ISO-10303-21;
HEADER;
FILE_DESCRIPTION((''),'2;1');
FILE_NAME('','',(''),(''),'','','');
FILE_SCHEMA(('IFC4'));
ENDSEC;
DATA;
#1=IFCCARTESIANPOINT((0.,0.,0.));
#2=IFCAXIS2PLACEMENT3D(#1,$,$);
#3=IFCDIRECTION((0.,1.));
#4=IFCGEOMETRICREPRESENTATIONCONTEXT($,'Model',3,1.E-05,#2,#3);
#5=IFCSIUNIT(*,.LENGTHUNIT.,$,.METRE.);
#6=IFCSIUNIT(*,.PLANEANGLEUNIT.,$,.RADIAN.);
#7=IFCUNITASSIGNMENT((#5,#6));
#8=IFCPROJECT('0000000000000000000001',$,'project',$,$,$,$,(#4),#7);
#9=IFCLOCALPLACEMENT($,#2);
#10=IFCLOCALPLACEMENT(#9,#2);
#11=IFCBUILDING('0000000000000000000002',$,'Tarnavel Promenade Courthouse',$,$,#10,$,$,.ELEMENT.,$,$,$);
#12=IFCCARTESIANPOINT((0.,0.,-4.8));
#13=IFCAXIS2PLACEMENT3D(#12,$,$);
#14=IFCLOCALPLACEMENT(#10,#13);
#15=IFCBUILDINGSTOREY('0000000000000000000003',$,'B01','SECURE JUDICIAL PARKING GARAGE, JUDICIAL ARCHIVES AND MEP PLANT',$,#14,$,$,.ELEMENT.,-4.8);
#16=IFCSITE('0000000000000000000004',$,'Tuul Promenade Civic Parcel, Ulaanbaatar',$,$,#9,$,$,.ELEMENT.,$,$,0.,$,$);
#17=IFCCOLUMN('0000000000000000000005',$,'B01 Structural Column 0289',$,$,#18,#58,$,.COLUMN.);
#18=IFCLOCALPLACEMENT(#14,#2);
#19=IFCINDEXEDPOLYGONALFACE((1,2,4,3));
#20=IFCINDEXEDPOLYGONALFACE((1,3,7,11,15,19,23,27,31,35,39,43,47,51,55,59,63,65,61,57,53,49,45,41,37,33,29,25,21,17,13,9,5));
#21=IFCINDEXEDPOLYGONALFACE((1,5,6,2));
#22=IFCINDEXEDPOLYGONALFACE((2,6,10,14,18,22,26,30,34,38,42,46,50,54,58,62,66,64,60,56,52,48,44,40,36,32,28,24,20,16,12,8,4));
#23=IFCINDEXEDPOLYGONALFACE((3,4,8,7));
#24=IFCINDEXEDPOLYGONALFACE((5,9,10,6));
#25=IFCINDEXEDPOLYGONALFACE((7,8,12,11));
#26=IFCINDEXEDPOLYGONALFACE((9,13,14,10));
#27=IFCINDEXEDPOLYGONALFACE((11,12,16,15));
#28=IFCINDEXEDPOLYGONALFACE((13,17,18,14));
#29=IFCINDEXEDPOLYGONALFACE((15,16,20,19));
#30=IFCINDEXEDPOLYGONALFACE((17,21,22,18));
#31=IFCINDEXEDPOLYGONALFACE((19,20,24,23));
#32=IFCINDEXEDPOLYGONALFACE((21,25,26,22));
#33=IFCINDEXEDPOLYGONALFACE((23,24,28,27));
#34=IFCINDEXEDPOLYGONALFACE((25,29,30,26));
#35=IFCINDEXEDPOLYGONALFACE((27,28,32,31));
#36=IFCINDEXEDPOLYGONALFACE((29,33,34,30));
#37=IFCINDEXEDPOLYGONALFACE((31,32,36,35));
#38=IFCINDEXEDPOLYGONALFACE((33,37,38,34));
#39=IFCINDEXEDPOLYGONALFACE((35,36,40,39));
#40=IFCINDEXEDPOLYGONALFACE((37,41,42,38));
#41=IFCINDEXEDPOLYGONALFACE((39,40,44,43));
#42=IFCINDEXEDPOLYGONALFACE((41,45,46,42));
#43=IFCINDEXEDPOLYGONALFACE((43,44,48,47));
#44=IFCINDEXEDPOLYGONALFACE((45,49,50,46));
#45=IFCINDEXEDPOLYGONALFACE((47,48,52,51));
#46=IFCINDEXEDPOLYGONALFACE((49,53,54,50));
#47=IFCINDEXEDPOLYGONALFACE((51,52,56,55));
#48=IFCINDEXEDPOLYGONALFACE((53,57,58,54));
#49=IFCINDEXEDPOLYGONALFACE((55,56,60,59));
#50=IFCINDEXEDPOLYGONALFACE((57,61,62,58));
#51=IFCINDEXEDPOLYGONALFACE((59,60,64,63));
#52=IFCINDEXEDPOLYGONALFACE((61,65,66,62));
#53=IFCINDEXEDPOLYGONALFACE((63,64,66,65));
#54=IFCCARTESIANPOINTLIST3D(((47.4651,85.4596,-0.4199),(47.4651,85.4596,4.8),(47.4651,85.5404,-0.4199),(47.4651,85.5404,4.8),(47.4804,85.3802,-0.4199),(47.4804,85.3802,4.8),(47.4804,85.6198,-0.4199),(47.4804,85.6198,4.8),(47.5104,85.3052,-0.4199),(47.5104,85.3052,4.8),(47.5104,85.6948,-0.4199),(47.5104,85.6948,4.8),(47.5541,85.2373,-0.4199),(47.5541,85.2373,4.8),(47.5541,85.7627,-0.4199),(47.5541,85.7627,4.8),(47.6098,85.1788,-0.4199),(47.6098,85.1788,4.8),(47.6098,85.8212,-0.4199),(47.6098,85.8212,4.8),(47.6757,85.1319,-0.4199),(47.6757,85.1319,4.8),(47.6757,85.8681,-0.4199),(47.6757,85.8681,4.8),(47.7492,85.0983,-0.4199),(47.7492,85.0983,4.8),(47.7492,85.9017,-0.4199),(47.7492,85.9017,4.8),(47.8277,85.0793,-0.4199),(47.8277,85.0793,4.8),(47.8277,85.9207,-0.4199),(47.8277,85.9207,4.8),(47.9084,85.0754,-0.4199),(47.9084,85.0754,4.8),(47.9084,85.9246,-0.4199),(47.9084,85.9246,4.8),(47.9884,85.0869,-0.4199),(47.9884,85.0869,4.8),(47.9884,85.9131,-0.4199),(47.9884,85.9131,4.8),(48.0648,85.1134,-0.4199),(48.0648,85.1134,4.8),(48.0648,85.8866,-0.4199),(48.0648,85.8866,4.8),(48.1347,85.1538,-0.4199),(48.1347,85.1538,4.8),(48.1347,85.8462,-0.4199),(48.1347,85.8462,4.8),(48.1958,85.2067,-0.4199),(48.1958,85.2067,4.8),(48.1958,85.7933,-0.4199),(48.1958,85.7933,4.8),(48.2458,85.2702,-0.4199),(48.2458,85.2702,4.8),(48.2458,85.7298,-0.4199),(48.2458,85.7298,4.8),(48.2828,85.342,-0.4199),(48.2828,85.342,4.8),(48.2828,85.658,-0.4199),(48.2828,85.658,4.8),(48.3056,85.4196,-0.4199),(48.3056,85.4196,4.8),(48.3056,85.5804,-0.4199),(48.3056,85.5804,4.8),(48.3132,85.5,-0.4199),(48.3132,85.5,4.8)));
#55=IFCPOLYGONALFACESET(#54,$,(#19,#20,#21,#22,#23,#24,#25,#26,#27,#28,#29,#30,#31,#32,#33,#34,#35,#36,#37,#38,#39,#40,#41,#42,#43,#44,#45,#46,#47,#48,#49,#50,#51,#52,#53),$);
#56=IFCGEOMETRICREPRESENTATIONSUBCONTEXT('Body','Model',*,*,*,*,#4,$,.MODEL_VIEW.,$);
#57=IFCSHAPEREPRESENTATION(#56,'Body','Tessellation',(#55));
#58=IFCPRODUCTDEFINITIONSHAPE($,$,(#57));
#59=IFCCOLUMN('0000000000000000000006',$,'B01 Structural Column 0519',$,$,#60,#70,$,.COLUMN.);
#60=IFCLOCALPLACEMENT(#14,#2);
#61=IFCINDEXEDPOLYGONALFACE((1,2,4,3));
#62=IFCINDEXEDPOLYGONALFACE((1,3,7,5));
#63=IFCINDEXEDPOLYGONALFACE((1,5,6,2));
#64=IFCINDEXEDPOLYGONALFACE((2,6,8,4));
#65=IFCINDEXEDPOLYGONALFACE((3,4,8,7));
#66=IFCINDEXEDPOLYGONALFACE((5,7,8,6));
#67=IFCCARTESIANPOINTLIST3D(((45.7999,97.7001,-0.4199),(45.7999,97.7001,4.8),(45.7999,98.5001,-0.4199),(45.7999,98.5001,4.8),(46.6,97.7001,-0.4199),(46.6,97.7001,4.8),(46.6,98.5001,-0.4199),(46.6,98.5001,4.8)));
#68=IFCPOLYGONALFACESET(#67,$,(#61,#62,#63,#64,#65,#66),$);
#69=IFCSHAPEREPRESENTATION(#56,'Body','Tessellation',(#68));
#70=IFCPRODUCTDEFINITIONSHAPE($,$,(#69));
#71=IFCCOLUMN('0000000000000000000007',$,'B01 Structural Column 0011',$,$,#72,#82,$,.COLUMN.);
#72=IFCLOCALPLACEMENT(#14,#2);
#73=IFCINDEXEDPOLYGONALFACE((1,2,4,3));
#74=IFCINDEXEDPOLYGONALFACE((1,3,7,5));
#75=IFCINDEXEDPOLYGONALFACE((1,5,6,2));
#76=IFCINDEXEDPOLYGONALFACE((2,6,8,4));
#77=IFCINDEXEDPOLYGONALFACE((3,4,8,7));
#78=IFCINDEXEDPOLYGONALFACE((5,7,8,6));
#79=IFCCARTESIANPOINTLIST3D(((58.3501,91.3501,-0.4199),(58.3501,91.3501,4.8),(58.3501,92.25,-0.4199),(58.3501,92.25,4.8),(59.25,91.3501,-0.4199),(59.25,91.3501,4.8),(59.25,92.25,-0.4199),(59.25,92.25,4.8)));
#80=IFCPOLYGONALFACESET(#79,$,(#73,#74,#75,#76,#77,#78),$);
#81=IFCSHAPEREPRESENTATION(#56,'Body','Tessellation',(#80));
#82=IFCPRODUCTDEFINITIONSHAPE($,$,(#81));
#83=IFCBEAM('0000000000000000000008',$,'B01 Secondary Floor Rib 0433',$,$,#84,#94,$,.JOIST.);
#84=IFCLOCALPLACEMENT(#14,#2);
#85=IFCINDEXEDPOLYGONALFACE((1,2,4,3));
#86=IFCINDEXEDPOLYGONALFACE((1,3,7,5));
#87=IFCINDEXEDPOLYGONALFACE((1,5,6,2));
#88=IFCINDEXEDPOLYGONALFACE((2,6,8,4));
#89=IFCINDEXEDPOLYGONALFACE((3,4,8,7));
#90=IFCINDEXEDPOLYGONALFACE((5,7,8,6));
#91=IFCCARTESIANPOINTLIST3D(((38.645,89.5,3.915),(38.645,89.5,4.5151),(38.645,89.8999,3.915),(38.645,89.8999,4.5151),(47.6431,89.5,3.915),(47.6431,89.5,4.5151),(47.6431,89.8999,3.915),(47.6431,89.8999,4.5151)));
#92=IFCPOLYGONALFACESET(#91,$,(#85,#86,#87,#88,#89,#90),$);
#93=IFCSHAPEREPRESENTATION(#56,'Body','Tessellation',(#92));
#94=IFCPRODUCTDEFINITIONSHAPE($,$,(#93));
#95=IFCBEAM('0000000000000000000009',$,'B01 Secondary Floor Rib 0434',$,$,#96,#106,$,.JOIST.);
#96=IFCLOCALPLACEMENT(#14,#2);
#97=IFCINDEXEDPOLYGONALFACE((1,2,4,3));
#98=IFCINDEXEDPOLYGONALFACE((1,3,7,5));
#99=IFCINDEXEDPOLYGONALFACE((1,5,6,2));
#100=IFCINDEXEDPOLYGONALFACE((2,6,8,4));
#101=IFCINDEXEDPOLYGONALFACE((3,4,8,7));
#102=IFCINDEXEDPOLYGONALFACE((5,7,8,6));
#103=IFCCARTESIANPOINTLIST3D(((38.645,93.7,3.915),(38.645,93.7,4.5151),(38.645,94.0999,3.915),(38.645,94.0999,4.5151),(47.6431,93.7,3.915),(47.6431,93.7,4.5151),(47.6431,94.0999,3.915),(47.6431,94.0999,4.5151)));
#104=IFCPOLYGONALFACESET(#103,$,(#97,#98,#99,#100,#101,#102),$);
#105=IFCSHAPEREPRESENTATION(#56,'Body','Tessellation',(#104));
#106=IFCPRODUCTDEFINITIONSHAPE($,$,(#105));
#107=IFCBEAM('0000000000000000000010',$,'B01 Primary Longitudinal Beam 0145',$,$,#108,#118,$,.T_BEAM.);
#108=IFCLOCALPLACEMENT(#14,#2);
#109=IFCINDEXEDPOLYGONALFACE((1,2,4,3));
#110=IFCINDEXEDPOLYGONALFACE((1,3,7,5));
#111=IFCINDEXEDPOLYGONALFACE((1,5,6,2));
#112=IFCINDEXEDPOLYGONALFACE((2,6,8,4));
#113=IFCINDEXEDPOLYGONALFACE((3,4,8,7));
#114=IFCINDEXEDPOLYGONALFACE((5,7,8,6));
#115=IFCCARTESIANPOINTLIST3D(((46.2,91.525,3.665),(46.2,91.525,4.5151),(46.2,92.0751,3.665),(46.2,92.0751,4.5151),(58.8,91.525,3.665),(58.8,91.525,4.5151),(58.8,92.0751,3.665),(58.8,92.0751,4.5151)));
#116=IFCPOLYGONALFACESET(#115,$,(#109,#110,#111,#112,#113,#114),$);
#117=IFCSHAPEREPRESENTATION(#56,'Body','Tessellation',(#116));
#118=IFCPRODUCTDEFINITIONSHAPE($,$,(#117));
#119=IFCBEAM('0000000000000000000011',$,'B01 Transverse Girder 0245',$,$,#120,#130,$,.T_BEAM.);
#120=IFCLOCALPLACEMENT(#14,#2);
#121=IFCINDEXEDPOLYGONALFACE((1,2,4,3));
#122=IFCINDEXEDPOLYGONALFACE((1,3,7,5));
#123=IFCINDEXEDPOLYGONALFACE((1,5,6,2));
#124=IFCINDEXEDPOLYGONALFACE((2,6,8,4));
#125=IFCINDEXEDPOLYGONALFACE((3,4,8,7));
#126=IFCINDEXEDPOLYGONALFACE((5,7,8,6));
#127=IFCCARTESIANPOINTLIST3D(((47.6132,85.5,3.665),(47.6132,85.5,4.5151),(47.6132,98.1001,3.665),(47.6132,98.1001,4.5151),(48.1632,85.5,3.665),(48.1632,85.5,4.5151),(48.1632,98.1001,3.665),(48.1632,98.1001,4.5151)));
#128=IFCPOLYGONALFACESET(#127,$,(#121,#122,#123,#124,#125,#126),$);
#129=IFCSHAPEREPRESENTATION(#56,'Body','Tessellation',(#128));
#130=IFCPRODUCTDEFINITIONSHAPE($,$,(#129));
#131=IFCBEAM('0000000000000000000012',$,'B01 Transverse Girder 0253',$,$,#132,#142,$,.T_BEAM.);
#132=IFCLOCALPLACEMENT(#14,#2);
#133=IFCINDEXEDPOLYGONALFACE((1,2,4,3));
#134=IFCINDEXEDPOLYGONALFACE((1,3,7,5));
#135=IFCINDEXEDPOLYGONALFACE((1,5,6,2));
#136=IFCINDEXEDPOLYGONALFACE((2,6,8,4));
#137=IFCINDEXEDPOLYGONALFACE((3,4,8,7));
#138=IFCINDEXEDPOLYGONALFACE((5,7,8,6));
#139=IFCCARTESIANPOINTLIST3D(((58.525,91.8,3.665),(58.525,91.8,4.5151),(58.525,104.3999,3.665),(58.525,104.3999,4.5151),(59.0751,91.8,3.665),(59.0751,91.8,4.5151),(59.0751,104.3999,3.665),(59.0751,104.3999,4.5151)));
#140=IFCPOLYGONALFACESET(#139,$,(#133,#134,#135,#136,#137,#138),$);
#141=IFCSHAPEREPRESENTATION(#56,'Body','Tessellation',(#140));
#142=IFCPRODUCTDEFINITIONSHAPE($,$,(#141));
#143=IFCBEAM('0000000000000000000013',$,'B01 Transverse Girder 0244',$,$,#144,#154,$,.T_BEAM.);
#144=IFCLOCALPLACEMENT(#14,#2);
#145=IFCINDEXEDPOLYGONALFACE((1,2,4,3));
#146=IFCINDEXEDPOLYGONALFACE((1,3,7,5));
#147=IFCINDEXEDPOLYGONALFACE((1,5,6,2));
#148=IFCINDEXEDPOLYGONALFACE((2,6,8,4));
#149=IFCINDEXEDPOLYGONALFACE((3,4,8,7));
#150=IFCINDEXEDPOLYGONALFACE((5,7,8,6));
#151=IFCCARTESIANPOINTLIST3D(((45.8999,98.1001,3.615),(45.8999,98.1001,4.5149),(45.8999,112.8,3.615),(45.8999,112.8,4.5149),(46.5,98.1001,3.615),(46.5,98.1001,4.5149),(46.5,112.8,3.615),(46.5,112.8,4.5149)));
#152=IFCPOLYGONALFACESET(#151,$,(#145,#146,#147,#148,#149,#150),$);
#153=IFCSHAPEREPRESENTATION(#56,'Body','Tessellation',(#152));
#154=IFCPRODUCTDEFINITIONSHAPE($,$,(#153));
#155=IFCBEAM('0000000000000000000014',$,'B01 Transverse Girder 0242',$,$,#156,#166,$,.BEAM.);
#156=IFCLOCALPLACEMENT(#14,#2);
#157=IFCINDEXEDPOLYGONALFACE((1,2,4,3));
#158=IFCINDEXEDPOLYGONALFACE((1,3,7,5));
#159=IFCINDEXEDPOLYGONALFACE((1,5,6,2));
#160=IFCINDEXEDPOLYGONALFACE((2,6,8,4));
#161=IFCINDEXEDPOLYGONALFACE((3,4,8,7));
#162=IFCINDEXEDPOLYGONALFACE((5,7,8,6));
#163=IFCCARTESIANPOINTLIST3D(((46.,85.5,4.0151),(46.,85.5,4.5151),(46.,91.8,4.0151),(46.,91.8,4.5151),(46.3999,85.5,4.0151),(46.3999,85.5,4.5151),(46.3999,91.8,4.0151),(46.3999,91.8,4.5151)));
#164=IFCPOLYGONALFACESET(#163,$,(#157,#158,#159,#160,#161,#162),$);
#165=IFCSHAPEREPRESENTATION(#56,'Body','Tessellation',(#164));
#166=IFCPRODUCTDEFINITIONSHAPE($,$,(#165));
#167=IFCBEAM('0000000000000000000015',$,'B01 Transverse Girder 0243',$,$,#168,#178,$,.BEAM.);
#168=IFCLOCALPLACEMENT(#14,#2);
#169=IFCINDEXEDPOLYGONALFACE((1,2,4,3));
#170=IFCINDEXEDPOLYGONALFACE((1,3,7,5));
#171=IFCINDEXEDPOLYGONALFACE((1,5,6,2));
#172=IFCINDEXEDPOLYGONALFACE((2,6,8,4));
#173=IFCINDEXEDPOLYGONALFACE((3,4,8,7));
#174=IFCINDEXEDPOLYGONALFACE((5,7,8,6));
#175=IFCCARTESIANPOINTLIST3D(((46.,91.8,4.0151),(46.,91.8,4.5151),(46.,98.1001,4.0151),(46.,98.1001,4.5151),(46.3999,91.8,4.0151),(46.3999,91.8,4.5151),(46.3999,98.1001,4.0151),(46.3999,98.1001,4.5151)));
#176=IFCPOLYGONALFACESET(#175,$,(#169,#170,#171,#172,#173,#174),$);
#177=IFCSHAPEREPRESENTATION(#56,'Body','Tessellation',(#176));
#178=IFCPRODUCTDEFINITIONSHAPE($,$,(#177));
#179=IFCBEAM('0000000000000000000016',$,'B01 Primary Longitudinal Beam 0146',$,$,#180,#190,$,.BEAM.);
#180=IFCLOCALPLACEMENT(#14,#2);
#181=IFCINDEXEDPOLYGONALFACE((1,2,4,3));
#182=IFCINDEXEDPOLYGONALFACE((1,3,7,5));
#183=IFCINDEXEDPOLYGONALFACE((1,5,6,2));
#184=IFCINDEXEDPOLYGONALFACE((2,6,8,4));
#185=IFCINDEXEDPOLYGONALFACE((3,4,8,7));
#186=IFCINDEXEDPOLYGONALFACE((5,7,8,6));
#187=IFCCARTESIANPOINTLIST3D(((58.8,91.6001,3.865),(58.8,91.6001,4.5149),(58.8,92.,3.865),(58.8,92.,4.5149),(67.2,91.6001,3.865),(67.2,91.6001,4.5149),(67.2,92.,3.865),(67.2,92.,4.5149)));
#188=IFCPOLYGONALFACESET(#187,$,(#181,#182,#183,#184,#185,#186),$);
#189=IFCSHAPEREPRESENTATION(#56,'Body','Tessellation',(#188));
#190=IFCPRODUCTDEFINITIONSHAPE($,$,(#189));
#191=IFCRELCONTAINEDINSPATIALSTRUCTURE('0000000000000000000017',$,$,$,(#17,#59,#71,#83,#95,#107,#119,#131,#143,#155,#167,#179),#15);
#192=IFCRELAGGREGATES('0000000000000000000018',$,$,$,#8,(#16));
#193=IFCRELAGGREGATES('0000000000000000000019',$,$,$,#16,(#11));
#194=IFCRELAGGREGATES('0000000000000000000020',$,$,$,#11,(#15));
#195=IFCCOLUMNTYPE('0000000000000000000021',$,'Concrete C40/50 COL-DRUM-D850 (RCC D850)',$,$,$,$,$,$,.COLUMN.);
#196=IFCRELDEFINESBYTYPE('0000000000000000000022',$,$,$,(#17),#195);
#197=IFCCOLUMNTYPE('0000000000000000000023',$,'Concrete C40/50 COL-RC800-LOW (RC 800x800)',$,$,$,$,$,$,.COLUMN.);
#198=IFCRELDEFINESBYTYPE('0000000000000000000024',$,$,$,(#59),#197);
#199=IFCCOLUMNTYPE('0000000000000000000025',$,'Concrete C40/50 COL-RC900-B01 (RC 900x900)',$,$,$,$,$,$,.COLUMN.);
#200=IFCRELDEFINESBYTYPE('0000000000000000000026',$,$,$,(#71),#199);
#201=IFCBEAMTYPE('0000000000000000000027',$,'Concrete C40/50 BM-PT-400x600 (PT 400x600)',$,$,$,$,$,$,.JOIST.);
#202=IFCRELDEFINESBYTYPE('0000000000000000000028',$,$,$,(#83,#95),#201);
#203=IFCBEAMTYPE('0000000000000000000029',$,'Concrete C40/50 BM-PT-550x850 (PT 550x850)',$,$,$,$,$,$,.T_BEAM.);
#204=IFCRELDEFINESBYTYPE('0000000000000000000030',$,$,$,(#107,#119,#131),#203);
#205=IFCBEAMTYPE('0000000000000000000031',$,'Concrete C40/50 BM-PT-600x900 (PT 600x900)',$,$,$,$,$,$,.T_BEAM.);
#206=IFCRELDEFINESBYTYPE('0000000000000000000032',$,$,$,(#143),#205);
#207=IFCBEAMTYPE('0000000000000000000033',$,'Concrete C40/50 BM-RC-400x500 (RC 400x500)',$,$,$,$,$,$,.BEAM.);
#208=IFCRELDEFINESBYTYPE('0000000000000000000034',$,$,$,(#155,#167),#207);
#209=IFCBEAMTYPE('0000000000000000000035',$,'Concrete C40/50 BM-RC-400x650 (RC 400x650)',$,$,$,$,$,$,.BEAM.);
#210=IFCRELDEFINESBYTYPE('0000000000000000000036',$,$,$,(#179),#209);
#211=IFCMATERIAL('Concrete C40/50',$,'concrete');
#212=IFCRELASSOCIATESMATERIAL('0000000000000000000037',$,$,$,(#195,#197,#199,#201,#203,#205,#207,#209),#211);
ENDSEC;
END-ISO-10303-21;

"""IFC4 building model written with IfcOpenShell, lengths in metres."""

from ifc_helpers import new_model, si_unit, direction, frame, origin, origin_2d, place, context, subcontext, project, spatial, rectangle, circle, extrude, material, material_profile, profile_set, type_object, element, save


model = new_model("IFC4")

# Units and contexts
model_context = context("Model", 3, precision=1e-05, world=origin(), true_north=direction((0.0, 1.0)))
body_context = subcontext(model_context, "Body", "Model", "MODEL_VIEW")
ifc_project = project(units=[si_unit("LENGTHUNIT", "METRE"), si_unit("PLANEANGLEUNIT", "RADIAN")], contexts=[model_context])

# Site, building, storey
site_placement = place(None, origin())
site = spatial("IfcSite", under=ifc_project, at=site_placement, Name="Tuul Promenade Civic Parcel, Ulaanbaatar", CompositionType="ELEMENT", RefElevation=0.0)
building_placement = place(site_placement, origin())
building = spatial("IfcBuilding", under=site, at=building_placement, Name="Tarnavel Promenade Courthouse", CompositionType="ELEMENT")
storey_placement = place(building_placement, frame((0.0, 0.0, -4.8)))
storey = spatial("IfcBuildingStorey", under=building, at=storey_placement, Name="B01", Description="SECURE JUDICIAL PARKING GARAGE, JUDICIAL ARCHIVES AND MEP PLANT", CompositionType="ELEMENT", Elevation=-4.8)

# Columns
ifc_material_1 = material(Name="Concrete C40/50", Category="concrete")
ifc_material_profile_1 = material_profile(ifc_material_1, circle(Radius=0.425, at=origin_2d()), Name="RCC D850")
ifc_profile_set_1 = profile_set([ifc_material_profile_1], Name="Concrete C40/50")
column_type_1 = type_object("IfcColumnType", Name="Concrete C40/50 COL-DRUM-D850 (RCC D850)", PredefinedType="COLUMN", material=ifc_profile_set_1)
for number, where, z_axis, x_axis, name in (
    (1, (47.8882, 85.5, -0.4199), (0.0, 0.0, 1.0), (1.0, 0.0, 0.0), "B01 Structural Column 0289"),
):
    element("IfcColumn", number, at=place(storey_placement, frame(where, z_axis=z_axis, x_axis=x_axis)), inside=storey, type_object=column_type_1, Name=name, PredefinedType="COLUMN", context=body_context, shape_type="SweptSolid", body=[
        extrude(circle(Radius=0.425, at=origin_2d()), origin(), (0.0, 0.0, 1.0), 5.22),
    ])
ifc_material_profile_2 = material_profile(ifc_material_1, rectangle(XDim=0.8, YDim=0.8, at=origin_2d()), Name="RC 800x800")
ifc_profile_set_2 = profile_set([ifc_material_profile_2], Name="Concrete C40/50")
column_type_2 = type_object("IfcColumnType", Name="Concrete C40/50 COL-RC800-LOW (RC 800x800)", PredefinedType="COLUMN", material=ifc_profile_set_2)
column_1_placement = place(storey_placement, frame((46.2, 98.1001, -0.4199), z_axis=(0.0, 0.0, 1.0), x_axis=(1.0, 0.0, 0.0)))
element("IfcColumn", 2, at=column_1_placement, inside=storey, type_object=column_type_2, Name="B01 Structural Column 0519", PredefinedType="COLUMN", context=body_context, shape_type="SweptSolid", body=[
    extrude(rectangle(XDim=0.8, YDim=0.8, at=origin_2d()), origin(), (0.0, 0.0, 1.0), 5.22),
])
ifc_material_profile_3 = material_profile(ifc_material_1, rectangle(XDim=0.8999, YDim=0.8999, at=origin_2d()), Name="RC 900x900")
ifc_profile_set_3 = profile_set([ifc_material_profile_3], Name="Concrete C40/50")
column_type_3 = type_object("IfcColumnType", Name="Concrete C40/50 COL-RC900-B01 (RC 900x900)", PredefinedType="COLUMN", material=ifc_profile_set_3)
column_2_placement = place(storey_placement, frame((58.8, 91.8, -0.4199), z_axis=(0.0, 0.0, 1.0), x_axis=(1.0, 0.0, 0.0)))
element("IfcColumn", 3, at=column_2_placement, inside=storey, type_object=column_type_3, Name="B01 Structural Column 0011", PredefinedType="COLUMN", context=body_context, shape_type="SweptSolid", body=[
    extrude(rectangle(XDim=0.8999, YDim=0.8999, at=origin_2d()), origin(), (0.0, 0.0, 1.0), 5.22),
])

# Beams
ifc_material_profile_4 = material_profile(ifc_material_1, rectangle(XDim=0.3999, YDim=0.6001, at=origin_2d()), Name="PT 400x600")
ifc_profile_set_4 = profile_set([ifc_material_profile_4], Name="Concrete C40/50")
beam_type_1 = type_object("IfcBeamType", Name="Concrete C40/50 BM-PT-400x600 (PT 400x600)", PredefinedType="JOIST", material=ifc_profile_set_4)
for number, where, z_axis, x_axis, name in (
    (4, (38.645, 89.7, 4.2151), (1.0, 0.0, 0.0), (0.0, 1.0, 0.0), "B01 Secondary Floor Rib 0433"),
    (5, (38.645, 93.8999, 4.2151), (1.0, 0.0, 0.0), (0.0, 1.0, 0.0), "B01 Secondary Floor Rib 0434"),
):
    element("IfcBeam", number, at=place(storey_placement, frame(where, z_axis=z_axis, x_axis=x_axis)), inside=storey, type_object=beam_type_1, Name=name, PredefinedType="JOIST", context=body_context, shape_type="SweptSolid", body=[
        extrude(rectangle(XDim=0.3999, YDim=0.6001, at=origin_2d()), origin(), (0.0, 0.0, 1.0), 8.998),
    ])
ifc_material_profile_5 = material_profile(ifc_material_1, rectangle(XDim=0.55, YDim=0.8501, at=origin_2d()), Name="PT 550x850")
ifc_profile_set_5 = profile_set([ifc_material_profile_5], Name="Concrete C40/50")
beam_type_2 = type_object("IfcBeamType", Name="Concrete C40/50 BM-PT-550x850 (PT 550x850)", PredefinedType="T_BEAM", material=ifc_profile_set_5)
for number, where, z_axis, x_axis, name in (
    (6, (46.2, 91.8, 4.0901), (1.0, 0.0, 0.0), (0.0, 1.0, 0.0), "B01 Primary Longitudinal Beam 0145"),
    (7, (47.8882, 85.5, 4.0901), (0.0, 1.0, 0.0), (-1.0, 0.0, 0.0), "B01 Transverse Girder 0245"),
):
    element("IfcBeam", number, at=place(storey_placement, frame(where, z_axis=z_axis, x_axis=x_axis)), inside=storey, type_object=beam_type_2, Name=name, PredefinedType="T_BEAM", context=body_context, shape_type="SweptSolid", body=[
        extrude(rectangle(XDim=0.55, YDim=0.8501, at=origin_2d()), origin(), (0.0, 0.0, 1.0), 12.6001),
    ])
beam_1_placement = place(storey_placement, frame((58.8, 91.8, 4.0901), z_axis=(0.0, 1.0, 0.0), x_axis=(-1.0, 0.0, 0.0)))
element("IfcBeam", 8, at=beam_1_placement, inside=storey, type_object=beam_type_2, Name="B01 Transverse Girder 0253", PredefinedType="T_BEAM", context=body_context, shape_type="SweptSolid", body=[
    extrude(rectangle(XDim=0.55, YDim=0.8501, at=origin_2d()), origin(), (0.0, 0.0, 1.0), 12.5999),
])
ifc_material_profile_6 = material_profile(ifc_material_1, rectangle(XDim=0.6001, YDim=0.8999, at=origin_2d()), Name="PT 600x900")
ifc_profile_set_6 = profile_set([ifc_material_profile_6], Name="Concrete C40/50")
beam_type_3 = type_object("IfcBeamType", Name="Concrete C40/50 BM-PT-600x900 (PT 600x900)", PredefinedType="T_BEAM", material=ifc_profile_set_6)
beam_2_placement = place(storey_placement, frame((46.2, 98.1001, 4.0649), z_axis=(0.0, 1.0, 0.0), x_axis=(-1.0, 0.0, 0.0)))
element("IfcBeam", 9, at=beam_2_placement, inside=storey, type_object=beam_type_3, Name="B01 Transverse Girder 0244", PredefinedType="T_BEAM", context=body_context, shape_type="SweptSolid", body=[
    extrude(rectangle(XDim=0.6001, YDim=0.8999, at=origin_2d()), origin(), (0.0, 0.0, 1.0), 14.7),
])
ifc_material_profile_7 = material_profile(ifc_material_1, rectangle(XDim=0.3999, YDim=0.5, at=origin_2d()), Name="RC 400x500")
ifc_profile_set_7 = profile_set([ifc_material_profile_7], Name="Concrete C40/50")
beam_type_4 = type_object("IfcBeamType", Name="Concrete C40/50 BM-RC-400x500 (RC 400x500)", PredefinedType="BEAM", material=ifc_profile_set_7)
for number, where, z_axis, x_axis, name in (
    (10, (46.2, 85.5, 4.2651), (0.0, 1.0, 0.0), (-1.0, 0.0, 0.0), "B01 Transverse Girder 0242"),
    (11, (46.2, 91.8, 4.2651), (0.0, 1.0, 0.0), (-1.0, 0.0, 0.0), "B01 Transverse Girder 0243"),
):
    element("IfcBeam", number, at=place(storey_placement, frame(where, z_axis=z_axis, x_axis=x_axis)), inside=storey, type_object=beam_type_4, Name=name, PredefinedType="BEAM", context=body_context, shape_type="SweptSolid", body=[
        extrude(rectangle(XDim=0.3999, YDim=0.5, at=origin_2d()), origin(), (0.0, 0.0, 1.0), 6.3),
    ])
ifc_material_profile_8 = material_profile(ifc_material_1, rectangle(XDim=0.3999, YDim=0.6499, at=origin_2d()), Name="RC 400x650")
ifc_profile_set_8 = profile_set([ifc_material_profile_8], Name="Concrete C40/50")
beam_type_5 = type_object("IfcBeamType", Name="Concrete C40/50 BM-RC-400x650 (RC 400x650)", PredefinedType="BEAM", material=ifc_profile_set_8)
beam_3_placement = place(storey_placement, frame((58.8, 91.8, 4.1899), z_axis=(1.0, 0.0, 0.0), x_axis=(0.0, 1.0, 0.0)))
element("IfcBeam", 12, at=beam_3_placement, inside=storey, type_object=beam_type_5, Name="B01 Primary Longitudinal Beam 0146", PredefinedType="BEAM", context=body_context, shape_type="SweptSolid", body=[
    extrude(rectangle(XDim=0.3999, YDim=0.6499, at=origin_2d()), origin(), (0.0, 0.0, 1.0), 8.3999),
])

save(model, "model.ifc")
